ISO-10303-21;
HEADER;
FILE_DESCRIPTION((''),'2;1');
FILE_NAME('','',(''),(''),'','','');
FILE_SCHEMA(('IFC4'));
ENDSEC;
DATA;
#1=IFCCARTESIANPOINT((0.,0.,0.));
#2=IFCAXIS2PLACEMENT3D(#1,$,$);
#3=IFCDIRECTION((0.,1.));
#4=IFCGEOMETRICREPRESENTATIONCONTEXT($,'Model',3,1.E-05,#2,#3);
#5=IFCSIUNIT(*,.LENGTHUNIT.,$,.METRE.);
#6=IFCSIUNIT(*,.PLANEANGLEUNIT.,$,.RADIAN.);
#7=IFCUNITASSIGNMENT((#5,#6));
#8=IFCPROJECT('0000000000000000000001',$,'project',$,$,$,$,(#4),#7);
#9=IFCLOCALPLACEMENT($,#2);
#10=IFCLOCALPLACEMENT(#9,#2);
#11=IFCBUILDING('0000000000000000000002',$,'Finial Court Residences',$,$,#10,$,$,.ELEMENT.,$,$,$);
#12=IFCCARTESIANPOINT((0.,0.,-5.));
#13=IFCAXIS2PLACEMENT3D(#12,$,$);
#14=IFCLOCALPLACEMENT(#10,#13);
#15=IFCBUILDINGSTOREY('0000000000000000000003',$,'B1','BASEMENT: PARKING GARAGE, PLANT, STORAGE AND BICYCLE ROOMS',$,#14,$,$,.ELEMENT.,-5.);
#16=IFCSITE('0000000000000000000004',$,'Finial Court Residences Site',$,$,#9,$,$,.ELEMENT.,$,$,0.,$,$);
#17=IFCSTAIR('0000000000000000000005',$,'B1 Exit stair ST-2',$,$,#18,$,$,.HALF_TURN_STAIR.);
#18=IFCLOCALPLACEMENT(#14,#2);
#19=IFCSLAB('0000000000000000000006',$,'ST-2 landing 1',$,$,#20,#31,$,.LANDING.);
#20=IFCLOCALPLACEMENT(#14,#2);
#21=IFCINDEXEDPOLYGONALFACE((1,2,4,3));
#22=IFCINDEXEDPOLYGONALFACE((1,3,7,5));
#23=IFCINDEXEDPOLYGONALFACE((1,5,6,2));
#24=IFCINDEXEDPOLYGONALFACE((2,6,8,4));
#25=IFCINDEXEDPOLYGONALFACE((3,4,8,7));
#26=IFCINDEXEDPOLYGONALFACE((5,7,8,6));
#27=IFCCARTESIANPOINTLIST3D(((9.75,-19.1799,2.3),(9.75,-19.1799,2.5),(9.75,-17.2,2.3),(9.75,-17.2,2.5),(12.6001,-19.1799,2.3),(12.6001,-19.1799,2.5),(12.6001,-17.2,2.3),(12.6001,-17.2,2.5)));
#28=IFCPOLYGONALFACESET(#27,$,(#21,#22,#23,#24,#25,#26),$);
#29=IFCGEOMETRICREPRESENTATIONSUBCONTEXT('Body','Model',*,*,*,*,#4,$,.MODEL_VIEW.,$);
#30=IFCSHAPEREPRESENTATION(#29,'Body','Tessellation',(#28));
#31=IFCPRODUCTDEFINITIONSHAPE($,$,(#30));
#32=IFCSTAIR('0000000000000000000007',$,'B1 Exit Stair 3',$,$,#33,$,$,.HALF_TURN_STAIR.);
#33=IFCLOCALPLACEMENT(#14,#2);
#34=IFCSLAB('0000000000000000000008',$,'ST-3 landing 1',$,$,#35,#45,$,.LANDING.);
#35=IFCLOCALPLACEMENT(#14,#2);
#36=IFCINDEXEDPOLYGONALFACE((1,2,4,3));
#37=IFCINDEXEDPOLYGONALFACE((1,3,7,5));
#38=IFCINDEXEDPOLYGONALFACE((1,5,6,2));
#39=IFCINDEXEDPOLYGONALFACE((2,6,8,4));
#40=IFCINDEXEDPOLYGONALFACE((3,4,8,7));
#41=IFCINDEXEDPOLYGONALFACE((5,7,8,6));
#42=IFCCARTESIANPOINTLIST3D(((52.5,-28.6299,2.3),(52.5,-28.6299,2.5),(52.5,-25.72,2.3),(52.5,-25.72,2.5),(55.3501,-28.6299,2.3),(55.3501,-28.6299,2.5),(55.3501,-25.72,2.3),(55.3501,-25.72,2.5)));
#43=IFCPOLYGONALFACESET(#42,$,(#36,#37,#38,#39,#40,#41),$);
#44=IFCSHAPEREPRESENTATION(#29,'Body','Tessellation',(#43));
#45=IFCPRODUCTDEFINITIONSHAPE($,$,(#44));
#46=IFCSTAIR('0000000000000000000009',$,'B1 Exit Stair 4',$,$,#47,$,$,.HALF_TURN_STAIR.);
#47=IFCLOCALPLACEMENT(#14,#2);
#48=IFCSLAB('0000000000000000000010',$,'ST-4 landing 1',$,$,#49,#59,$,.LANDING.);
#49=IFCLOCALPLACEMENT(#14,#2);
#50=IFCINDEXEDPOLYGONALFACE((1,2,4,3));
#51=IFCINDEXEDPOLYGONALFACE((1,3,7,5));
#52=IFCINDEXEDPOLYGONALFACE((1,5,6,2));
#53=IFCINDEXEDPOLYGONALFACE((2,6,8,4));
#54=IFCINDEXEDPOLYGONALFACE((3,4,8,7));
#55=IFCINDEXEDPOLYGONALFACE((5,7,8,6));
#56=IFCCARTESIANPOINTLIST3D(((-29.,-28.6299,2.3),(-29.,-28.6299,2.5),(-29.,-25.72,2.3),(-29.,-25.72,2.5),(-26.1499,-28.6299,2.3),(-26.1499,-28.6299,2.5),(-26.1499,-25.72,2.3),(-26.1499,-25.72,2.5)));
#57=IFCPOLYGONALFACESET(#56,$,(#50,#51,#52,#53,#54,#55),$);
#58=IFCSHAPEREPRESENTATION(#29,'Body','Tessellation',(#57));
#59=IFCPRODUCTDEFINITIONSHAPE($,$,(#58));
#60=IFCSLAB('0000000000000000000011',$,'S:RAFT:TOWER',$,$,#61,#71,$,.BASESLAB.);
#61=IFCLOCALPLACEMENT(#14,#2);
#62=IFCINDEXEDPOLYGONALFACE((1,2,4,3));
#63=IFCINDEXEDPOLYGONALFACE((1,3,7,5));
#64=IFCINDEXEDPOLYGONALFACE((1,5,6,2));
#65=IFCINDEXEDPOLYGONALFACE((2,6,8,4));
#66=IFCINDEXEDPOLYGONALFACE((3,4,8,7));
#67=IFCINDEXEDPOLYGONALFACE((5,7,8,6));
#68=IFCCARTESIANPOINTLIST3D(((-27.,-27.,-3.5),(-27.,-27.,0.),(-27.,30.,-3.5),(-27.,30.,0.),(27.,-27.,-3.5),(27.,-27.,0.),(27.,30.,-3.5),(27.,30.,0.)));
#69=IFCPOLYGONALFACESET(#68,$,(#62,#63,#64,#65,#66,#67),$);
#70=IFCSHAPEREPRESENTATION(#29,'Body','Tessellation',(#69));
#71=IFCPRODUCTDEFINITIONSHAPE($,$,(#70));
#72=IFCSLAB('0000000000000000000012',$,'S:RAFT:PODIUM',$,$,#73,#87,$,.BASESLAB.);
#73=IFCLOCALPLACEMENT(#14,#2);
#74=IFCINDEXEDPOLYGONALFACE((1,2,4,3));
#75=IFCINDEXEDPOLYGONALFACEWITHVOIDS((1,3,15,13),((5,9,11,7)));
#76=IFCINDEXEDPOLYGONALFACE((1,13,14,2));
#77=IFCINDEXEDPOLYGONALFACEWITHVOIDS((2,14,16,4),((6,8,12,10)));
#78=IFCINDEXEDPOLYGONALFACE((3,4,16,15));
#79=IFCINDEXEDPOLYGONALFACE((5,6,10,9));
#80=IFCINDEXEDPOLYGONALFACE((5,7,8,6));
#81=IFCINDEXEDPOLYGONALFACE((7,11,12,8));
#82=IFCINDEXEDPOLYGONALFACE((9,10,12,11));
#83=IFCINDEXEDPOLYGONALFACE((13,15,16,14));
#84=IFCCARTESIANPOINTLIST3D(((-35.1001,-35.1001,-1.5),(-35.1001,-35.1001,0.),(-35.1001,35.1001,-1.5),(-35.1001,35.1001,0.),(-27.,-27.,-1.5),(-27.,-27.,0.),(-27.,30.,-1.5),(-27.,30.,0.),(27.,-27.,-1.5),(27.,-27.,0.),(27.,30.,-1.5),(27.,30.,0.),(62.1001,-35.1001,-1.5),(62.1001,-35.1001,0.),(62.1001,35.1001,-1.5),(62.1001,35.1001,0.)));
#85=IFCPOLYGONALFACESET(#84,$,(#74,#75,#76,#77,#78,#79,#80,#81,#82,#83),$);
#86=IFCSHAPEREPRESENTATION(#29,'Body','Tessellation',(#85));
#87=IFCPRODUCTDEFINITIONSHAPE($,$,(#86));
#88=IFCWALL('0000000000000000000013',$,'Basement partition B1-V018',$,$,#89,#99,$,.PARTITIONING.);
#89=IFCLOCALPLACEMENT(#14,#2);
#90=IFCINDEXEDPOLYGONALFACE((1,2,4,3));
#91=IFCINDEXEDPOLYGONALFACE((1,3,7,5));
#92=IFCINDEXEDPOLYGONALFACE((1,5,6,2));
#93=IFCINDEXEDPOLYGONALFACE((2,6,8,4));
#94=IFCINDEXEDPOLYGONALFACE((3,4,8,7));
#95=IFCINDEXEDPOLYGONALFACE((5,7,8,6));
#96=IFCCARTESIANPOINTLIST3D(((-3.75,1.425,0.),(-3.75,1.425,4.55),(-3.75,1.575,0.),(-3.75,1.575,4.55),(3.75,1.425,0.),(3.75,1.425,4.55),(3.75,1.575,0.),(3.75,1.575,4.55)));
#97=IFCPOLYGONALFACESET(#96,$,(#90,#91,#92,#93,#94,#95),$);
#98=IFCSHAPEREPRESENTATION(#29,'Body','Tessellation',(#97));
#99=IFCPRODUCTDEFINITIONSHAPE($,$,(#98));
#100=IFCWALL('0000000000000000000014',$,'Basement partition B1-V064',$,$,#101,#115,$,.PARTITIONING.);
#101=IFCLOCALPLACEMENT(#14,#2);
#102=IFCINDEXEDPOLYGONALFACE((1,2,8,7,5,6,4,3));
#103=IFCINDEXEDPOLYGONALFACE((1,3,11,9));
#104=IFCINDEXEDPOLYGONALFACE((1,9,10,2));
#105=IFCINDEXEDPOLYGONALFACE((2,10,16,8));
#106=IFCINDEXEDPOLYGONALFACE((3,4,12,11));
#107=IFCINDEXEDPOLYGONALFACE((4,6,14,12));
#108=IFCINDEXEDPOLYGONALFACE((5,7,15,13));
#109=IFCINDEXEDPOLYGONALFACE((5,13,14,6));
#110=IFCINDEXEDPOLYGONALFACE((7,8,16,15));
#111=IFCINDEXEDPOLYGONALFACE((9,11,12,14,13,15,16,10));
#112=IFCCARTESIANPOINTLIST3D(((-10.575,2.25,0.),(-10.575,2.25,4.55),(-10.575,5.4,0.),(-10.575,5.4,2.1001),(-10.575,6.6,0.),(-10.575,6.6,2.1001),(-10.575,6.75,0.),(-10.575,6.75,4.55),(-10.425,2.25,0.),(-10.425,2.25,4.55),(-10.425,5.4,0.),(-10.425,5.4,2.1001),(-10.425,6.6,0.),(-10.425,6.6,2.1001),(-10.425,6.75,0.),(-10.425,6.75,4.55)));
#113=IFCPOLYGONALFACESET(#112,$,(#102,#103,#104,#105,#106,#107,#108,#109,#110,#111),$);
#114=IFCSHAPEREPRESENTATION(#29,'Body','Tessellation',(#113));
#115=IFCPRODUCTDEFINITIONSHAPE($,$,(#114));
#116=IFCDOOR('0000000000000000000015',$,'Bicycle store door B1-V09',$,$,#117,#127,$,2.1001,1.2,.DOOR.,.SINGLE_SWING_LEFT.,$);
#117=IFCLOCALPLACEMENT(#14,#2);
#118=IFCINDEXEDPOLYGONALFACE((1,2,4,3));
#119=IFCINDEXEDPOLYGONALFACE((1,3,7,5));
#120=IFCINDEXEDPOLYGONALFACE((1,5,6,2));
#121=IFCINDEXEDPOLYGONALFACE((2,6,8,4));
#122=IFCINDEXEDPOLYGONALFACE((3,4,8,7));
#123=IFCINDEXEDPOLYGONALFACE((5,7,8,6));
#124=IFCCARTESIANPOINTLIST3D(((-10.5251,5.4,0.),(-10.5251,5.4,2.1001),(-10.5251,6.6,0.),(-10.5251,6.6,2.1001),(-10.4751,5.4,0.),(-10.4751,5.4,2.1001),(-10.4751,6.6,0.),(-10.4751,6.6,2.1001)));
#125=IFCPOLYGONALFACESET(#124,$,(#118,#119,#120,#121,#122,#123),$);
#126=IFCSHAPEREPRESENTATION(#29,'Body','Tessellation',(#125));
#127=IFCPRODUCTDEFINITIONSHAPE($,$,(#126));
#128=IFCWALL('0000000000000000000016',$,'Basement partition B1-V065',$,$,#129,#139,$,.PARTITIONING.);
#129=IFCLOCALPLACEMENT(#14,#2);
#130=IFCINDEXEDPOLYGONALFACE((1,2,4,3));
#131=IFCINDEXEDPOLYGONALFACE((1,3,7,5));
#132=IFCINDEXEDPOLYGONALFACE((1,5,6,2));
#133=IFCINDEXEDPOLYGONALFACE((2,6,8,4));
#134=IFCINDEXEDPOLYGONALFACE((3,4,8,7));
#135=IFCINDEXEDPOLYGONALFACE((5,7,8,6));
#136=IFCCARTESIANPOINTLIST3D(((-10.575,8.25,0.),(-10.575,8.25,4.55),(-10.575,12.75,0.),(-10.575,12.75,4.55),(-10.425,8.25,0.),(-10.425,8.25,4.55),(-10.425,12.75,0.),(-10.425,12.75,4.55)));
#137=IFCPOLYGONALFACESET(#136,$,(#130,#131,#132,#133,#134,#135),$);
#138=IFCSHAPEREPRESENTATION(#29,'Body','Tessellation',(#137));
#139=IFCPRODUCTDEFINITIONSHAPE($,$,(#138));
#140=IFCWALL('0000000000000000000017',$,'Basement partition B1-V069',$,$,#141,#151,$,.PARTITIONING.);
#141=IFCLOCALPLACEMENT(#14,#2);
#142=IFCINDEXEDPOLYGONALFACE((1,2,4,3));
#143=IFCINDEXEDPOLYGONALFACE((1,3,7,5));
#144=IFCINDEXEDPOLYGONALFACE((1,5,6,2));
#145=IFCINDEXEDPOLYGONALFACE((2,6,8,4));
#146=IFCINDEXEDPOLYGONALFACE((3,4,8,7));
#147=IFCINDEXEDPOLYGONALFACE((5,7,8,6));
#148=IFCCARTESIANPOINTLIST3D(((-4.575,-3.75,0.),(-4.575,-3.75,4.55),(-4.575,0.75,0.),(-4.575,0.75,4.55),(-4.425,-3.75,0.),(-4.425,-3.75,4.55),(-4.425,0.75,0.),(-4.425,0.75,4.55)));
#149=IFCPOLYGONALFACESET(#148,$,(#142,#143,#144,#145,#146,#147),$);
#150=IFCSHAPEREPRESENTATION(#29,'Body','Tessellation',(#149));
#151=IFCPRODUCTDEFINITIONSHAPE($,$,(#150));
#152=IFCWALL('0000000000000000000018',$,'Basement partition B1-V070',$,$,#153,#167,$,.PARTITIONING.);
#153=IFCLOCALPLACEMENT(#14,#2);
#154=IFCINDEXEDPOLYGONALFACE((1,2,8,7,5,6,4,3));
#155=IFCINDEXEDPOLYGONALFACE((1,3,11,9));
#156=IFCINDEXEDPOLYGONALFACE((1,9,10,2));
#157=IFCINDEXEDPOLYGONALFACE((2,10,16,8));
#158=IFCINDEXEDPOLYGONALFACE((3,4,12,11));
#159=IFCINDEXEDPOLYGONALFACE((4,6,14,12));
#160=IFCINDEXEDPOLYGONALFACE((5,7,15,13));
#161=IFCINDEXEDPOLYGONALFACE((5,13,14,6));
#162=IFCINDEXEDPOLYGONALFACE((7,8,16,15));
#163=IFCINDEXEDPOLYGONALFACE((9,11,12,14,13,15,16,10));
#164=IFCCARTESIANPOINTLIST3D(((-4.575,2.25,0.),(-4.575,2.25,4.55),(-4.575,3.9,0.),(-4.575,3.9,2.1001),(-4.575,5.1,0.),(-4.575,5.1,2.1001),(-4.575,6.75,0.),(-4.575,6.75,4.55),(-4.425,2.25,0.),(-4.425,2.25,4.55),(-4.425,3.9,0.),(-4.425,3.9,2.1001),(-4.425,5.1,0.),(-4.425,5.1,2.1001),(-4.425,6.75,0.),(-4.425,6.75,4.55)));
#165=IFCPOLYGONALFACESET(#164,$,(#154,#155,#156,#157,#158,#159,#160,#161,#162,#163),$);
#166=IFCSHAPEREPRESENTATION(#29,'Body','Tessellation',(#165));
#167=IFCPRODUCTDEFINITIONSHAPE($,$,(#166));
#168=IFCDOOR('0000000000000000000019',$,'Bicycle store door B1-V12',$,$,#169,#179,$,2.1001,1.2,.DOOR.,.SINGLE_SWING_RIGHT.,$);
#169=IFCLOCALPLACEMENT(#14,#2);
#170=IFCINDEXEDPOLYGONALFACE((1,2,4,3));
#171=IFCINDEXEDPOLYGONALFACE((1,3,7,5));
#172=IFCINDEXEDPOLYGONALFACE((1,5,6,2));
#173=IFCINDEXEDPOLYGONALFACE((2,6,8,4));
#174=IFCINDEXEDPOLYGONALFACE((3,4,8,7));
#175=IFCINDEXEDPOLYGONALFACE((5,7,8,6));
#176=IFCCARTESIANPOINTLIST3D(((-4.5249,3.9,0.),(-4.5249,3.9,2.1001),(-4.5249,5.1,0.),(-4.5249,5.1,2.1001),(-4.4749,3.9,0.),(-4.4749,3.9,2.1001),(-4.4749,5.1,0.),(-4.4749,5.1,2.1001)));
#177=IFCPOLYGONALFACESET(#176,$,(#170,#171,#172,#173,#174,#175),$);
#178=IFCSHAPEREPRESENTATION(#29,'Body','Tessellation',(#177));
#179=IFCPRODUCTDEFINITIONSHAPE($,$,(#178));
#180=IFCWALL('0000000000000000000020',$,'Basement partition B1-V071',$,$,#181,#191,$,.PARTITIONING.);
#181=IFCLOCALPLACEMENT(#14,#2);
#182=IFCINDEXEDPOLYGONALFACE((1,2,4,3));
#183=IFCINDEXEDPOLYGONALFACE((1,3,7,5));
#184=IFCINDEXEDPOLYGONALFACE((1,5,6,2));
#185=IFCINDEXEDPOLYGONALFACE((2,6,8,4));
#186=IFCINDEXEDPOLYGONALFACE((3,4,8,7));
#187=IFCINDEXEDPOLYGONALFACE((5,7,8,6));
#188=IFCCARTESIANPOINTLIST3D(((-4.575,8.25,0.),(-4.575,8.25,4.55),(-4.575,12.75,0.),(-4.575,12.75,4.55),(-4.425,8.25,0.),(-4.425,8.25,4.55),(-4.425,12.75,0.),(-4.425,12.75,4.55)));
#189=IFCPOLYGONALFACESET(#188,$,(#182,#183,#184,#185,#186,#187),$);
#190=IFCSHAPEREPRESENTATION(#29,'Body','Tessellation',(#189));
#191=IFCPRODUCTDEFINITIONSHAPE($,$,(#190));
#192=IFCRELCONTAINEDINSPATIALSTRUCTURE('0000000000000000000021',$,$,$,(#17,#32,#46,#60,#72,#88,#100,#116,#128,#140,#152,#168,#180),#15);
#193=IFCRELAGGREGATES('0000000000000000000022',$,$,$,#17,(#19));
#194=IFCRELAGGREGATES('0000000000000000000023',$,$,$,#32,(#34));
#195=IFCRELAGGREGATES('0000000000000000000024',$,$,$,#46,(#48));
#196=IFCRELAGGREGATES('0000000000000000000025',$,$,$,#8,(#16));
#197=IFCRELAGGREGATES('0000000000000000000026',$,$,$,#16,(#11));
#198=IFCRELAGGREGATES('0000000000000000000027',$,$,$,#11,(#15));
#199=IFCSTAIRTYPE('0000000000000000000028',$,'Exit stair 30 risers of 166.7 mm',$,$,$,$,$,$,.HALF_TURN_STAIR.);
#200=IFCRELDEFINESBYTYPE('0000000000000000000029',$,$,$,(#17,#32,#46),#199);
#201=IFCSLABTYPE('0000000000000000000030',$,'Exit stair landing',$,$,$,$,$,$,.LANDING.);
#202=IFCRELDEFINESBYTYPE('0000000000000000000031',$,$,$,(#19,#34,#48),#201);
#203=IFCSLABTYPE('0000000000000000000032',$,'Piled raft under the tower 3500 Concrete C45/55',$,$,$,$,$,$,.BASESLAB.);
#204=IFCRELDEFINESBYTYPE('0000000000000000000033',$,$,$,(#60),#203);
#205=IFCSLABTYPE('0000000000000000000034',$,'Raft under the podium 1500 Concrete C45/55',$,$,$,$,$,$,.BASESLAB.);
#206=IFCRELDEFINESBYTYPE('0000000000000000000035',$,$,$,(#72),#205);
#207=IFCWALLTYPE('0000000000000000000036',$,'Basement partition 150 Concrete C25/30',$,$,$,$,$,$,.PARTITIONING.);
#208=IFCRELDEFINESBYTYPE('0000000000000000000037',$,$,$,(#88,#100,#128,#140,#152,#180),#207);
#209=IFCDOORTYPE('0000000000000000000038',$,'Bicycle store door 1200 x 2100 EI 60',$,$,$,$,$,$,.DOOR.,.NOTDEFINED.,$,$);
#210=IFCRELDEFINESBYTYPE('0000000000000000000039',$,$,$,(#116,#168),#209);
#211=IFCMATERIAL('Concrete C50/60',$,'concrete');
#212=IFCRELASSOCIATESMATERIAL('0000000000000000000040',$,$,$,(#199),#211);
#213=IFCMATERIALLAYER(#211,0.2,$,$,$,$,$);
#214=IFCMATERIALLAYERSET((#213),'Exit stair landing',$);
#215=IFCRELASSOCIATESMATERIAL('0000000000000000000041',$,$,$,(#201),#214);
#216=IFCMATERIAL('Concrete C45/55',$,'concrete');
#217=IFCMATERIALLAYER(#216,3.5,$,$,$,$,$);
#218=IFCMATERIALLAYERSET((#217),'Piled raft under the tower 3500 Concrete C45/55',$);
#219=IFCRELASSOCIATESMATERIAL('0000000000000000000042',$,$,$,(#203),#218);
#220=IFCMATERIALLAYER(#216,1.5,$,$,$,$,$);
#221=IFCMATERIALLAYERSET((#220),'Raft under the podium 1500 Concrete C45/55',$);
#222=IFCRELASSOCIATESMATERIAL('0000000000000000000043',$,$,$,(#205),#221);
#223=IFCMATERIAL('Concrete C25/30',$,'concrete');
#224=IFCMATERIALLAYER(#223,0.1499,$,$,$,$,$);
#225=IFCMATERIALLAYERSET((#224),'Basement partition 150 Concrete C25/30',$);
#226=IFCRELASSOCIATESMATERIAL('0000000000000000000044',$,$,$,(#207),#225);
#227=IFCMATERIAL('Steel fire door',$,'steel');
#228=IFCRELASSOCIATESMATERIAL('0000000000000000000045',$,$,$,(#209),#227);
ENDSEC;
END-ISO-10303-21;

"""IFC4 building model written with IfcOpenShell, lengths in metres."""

from ifc_helpers import new_model, si_unit, direction, frame, frame_2d, origin, place, context, subcontext, project, spatial, polyline, rectangle, outline, extrude, material, layer, layer_set, type_object, element, fill, aggregate, save


model = new_model("IFC4")

# Units and contexts
model_context = context("Model", 3, precision=1e-05, world=origin(), true_north=direction((0.0, 1.0)))
body_context = subcontext(model_context, "Body", "Model", "MODEL_VIEW")
ifc_project = project(units=[si_unit("LENGTHUNIT", "METRE"), si_unit("PLANEANGLEUNIT", "RADIAN")], contexts=[model_context])

# Site, building, storey
site_placement = place(None, origin())
site = spatial("IfcSite", under=ifc_project, at=site_placement, Name="Finial Court Residences Site", CompositionType="ELEMENT", RefElevation=0.0)
building_placement = place(site_placement, origin())
building = spatial("IfcBuilding", under=site, at=building_placement, Name="Finial Court Residences", CompositionType="ELEMENT")
storey_placement = place(building_placement, frame((0.0, 0.0, -5.0)))
storey = spatial("IfcBuildingStorey", under=building, at=storey_placement, Name="B1", Description="BASEMENT: PARKING GARAGE, PLANT, STORAGE AND BICYCLE ROOMS", CompositionType="ELEMENT", Elevation=-5.0)

# Shared definitions
ifc_material_1 = material(Name="Concrete C45/55", Category="concrete")

# Stairs, slabs
ifc_material_2 = material(Name="Concrete C50/60", Category="concrete")
stair_type = type_object("IfcStairType", Name="Exit stair 30 risers of 166.7 mm", PredefinedType="HALF_TURN_STAIR", material=ifc_material_2)
ifc_layer_1 = layer(ifc_material_2, 0.2)
ifc_layer_set_1 = layer_set([ifc_layer_1], Name="Exit stair landing")
slab_type_1 = type_object("IfcSlabType", Name="Exit stair landing", PredefinedType="LANDING", material=ifc_layer_set_1)
stair_1_placement = place(storey_placement, origin())
stair_1 = element("IfcStair", 1, at=stair_1_placement, inside=storey, type_object=stair_type, Name="B1 Exit stair ST-2", PredefinedType="HALF_TURN_STAIR")
slab_1_placement = place(storey_placement, frame((0.0, 0.0, 2.3)))
slab_1 = element("IfcSlab", 2, at=slab_1_placement, type_object=slab_type_1, Name="ST-2 landing 1", PredefinedType="LANDING", context=body_context, shape_type="SweptSolid", body=[
    extrude(outline(polyline([(12.6001, -19.1799), (12.6001, -17.2), (9.75, -17.2), (9.75, -19.1799), (12.6001, -19.1799)])), origin(), (0.0, 0.0, 1.0), 0.2),
])
aggregate(stair_1, [slab_1])
stair_2_placement = place(storey_placement, origin())
stair_2 = element("IfcStair", 3, at=stair_2_placement, inside=storey, type_object=stair_type, Name="B1 Exit Stair 3", PredefinedType="HALF_TURN_STAIR")
slab_2_placement = place(storey_placement, frame((0.0, 0.0, 2.3)))
slab_2 = element("IfcSlab", 4, at=slab_2_placement, type_object=slab_type_1, Name="ST-3 landing 1", PredefinedType="LANDING", context=body_context, shape_type="SweptSolid", body=[
    extrude(outline(polyline([(55.3501, -28.6299), (55.3501, -25.72), (52.5, -25.72), (52.5, -28.6299), (55.3501, -28.6299)])), origin(), (0.0, 0.0, 1.0), 0.2),
])
aggregate(stair_2, [slab_2])
stair_3_placement = place(storey_placement, origin())
stair_3 = element("IfcStair", 5, at=stair_3_placement, inside=storey, type_object=stair_type, Name="B1 Exit Stair 4", PredefinedType="HALF_TURN_STAIR")
slab_3_placement = place(storey_placement, frame((0.0, 0.0, 2.3)))
slab_3 = element("IfcSlab", 6, at=slab_3_placement, type_object=slab_type_1, Name="ST-4 landing 1", PredefinedType="LANDING", context=body_context, shape_type="SweptSolid", body=[
    extrude(outline(polyline([(-26.1499, -28.6299), (-26.1499, -25.72), (-29.0, -25.72), (-29.0, -28.6299), (-26.1499, -28.6299)])), origin(), (0.0, 0.0, 1.0), 0.2),
])
aggregate(stair_3, [slab_3])

# Slabs
ifc_layer_2 = layer(ifc_material_1, 3.5)
ifc_layer_set_2 = layer_set([ifc_layer_2], Name="Piled raft under the tower 3500 Concrete C45/55")
slab_type_2 = type_object("IfcSlabType", Name="Piled raft under the tower 3500 Concrete C45/55", PredefinedType="BASESLAB", material=ifc_layer_set_2)
slab_4_placement = place(storey_placement, frame((0.0, 0.0, -3.5)))
element("IfcSlab", 7, at=slab_4_placement, inside=storey, type_object=slab_type_2, Name="S:RAFT:TOWER", PredefinedType="BASESLAB", context=body_context, shape_type="SweptSolid", body=[
    extrude(outline(polyline([(27.0, -27.0), (27.0, 30.0), (-27.0, 30.0), (-27.0, -27.0), (27.0, -27.0)])), origin(), (0.0, 0.0, 1.0), 3.5),
])
ifc_layer_3 = layer(ifc_material_1, 1.5)
ifc_layer_set_3 = layer_set([ifc_layer_3], Name="Raft under the podium 1500 Concrete C45/55")
slab_type_3 = type_object("IfcSlabType", Name="Raft under the podium 1500 Concrete C45/55", PredefinedType="BASESLAB", material=ifc_layer_set_3)
slab_5_placement = place(storey_placement, frame((0.0, 0.0, -1.5)))
element("IfcSlab", 8, at=slab_5_placement, inside=storey, type_object=slab_type_3, Name="S:RAFT:PODIUM", PredefinedType="BASESLAB", context=body_context, shape_type="SweptSolid", body=[
    extrude(outline(polyline([(-35.1001, -35.1001), (-35.1001, 35.1001), (62.1001, 35.1001), (62.1001, -35.1001), (-35.1001, -35.1001)]), holes=[polyline([(27.0, 30.0), (-27.0, 30.0), (-27.0, -27.0), (27.0, -27.0), (27.0, 30.0)])]), origin(), (0.0, 0.0, 1.0), 1.5),
])

# Wall
ifc_material_3 = material(Name="Concrete C25/30", Category="concrete")
ifc_layer_4 = layer(ifc_material_3, 0.1499)
ifc_layer_set_4 = layer_set([ifc_layer_4], Name="Basement partition 150 Concrete C25/30")
wall_type_1 = type_object("IfcWallType", Name="Basement partition 150 Concrete C25/30", PredefinedType="PARTITIONING", material=ifc_layer_set_4)
wall_1_placement = place(storey_placement, frame((-3.75, 1.5, 0.0), z_axis=(0.0, 0.0, 1.0), x_axis=(1.0, 0.0, 0.0)))
element("IfcWall", 9, at=wall_1_placement, inside=storey, type_object=wall_type_1, Name="Basement partition B1-V018", PredefinedType="PARTITIONING", context=body_context, shape_type="SweptSolid", body=[
    extrude(rectangle(XDim=7.5, YDim=0.1499, at=frame_2d((3.75, 0.0))), origin(), (0.0, 0.0, 1.0), 4.55),
])

# Wall, opening, door
wall_2_placement = place(storey_placement, frame((-10.5, 6.75, 0.0), z_axis=(0.0, 0.0, 1.0), x_axis=(0.0, -1.0, 0.0)))
wall_2 = element("IfcWall", 10, at=wall_2_placement, inside=storey, type_object=wall_type_1, Name="Basement partition B1-V064", PredefinedType="PARTITIONING", context=body_context, shape_type="SweptSolid", body=[
    extrude(rectangle(XDim=4.5, YDim=0.1499, at=frame_2d((2.25, 0.0))), origin(), (0.0, 0.0, 1.0), 4.55),
])
opening_1_placement = place(wall_2_placement, frame((0.1499, 0.0, 0.0)))
opening_1 = element("IfcOpeningElement", 11, at=opening_1_placement, cuts=wall_2, PredefinedType="OPENING", context=body_context, shape_type="SweptSolid", body=[
    extrude(rectangle(XDim=1.2, YDim=2.1001, at=frame_2d((0.6001, 1.05))), frame((0.0, 0.085, 0.0), z_axis=(0.0, -1.0, 0.0), x_axis=(1.0, 0.0, 0.0)), (0.0, 0.0, 1.0), 0.1699),
])
ifc_material_4 = material(Name="Steel fire door", Category="steel")
door_type = type_object("IfcDoorType", Name="Bicycle store door 1200 x 2100 EI 60", OperationType="NOTDEFINED", PredefinedType="DOOR", material=ifc_material_4)
door_1_placement = place(opening_1_placement, origin())
door_1 = element("IfcDoor", 12, at=door_1_placement, inside=storey, type_object=door_type, Name="Bicycle store door B1-V09", OperationType="SINGLE_SWING_LEFT", OverallHeight=2.1001, OverallWidth=1.2, PredefinedType="DOOR", context=body_context, shape_type="SweptSolid", body=[
    extrude(rectangle(XDim=1.2, YDim=2.1001, at=frame_2d((0.6001, 1.05))), frame((0.0, 0.0249, 0.0), z_axis=(0.0, -1.0, 0.0), x_axis=(1.0, 0.0, 0.0)), (0.0, 0.0, 1.0), 0.05),
])
fill(opening_1, door_1)

# Walls
for number, where, z_axis, x_axis, name in (
    (13, (-10.5, 8.25, 0.0), (0.0, 0.0, 1.0), (0.0, 1.0, 0.0), "Basement partition B1-V065"),
    (14, (-4.5, -3.75, 0.0), (0.0, 0.0, 1.0), (0.0, 1.0, 0.0), "Basement partition B1-V069"),
):
    element("IfcWall", number, at=place(storey_placement, frame(where, z_axis=z_axis, x_axis=x_axis)), inside=storey, type_object=wall_type_1, Name=name, PredefinedType="PARTITIONING", context=body_context, shape_type="SweptSolid", body=[
        extrude(rectangle(XDim=4.5, YDim=0.1499, at=frame_2d((2.25, 0.0))), origin(), (0.0, 0.0, 1.0), 4.55),
    ])

# Wall, opening, door
wall_3_placement = place(storey_placement, frame((-4.5, 2.25, 0.0), z_axis=(0.0, 0.0, 1.0), x_axis=(0.0, 1.0, 0.0)))
wall_3 = element("IfcWall", 15, at=wall_3_placement, inside=storey, type_object=wall_type_1, Name="Basement partition B1-V070", PredefinedType="PARTITIONING", context=body_context, shape_type="SweptSolid", body=[
    extrude(rectangle(XDim=4.5, YDim=0.1499, at=frame_2d((2.25, 0.0))), origin(), (0.0, 0.0, 1.0), 4.55),
])
opening_2_placement = place(wall_3_placement, frame((1.6499, 0.0, 0.0)))
opening_2 = element("IfcOpeningElement", 16, at=opening_2_placement, cuts=wall_3, PredefinedType="OPENING", context=body_context, shape_type="SweptSolid", body=[
    extrude(rectangle(XDim=1.2, YDim=2.1001, at=frame_2d((0.6001, 1.05))), frame((0.0, 0.085, 0.0), z_axis=(0.0, -1.0, 0.0), x_axis=(1.0, 0.0, 0.0)), (0.0, 0.0, 1.0), 0.1699),
])
door_2_placement = place(opening_2_placement, origin())
door_2 = element("IfcDoor", 17, at=door_2_placement, inside=storey, type_object=door_type, Name="Bicycle store door B1-V12", OperationType="SINGLE_SWING_RIGHT", OverallHeight=2.1001, OverallWidth=1.2, PredefinedType="DOOR", context=body_context, shape_type="SweptSolid", body=[
    extrude(rectangle(XDim=1.2, YDim=2.1001, at=frame_2d((0.6001, 1.05))), frame((0.0, 0.0249, 0.0), z_axis=(0.0, -1.0, 0.0), x_axis=(1.0, 0.0, 0.0)), (0.0, 0.0, 1.0), 0.05),
])
fill(opening_2, door_2)

# Wall
wall_4_placement = place(storey_placement, frame((-4.5, 8.25, 0.0), z_axis=(0.0, 0.0, 1.0), x_axis=(0.0, 1.0, 0.0)))
element("IfcWall", 18, at=wall_4_placement, inside=storey, type_object=wall_type_1, Name="Basement partition B1-V071", PredefinedType="PARTITIONING", context=body_context, shape_type="SweptSolid", body=[
    extrude(rectangle(XDim=4.5, YDim=0.1499, at=frame_2d((2.25, 0.0))), origin(), (0.0, 0.0, 1.0), 4.55),
])

save(model, "model.ifc")
